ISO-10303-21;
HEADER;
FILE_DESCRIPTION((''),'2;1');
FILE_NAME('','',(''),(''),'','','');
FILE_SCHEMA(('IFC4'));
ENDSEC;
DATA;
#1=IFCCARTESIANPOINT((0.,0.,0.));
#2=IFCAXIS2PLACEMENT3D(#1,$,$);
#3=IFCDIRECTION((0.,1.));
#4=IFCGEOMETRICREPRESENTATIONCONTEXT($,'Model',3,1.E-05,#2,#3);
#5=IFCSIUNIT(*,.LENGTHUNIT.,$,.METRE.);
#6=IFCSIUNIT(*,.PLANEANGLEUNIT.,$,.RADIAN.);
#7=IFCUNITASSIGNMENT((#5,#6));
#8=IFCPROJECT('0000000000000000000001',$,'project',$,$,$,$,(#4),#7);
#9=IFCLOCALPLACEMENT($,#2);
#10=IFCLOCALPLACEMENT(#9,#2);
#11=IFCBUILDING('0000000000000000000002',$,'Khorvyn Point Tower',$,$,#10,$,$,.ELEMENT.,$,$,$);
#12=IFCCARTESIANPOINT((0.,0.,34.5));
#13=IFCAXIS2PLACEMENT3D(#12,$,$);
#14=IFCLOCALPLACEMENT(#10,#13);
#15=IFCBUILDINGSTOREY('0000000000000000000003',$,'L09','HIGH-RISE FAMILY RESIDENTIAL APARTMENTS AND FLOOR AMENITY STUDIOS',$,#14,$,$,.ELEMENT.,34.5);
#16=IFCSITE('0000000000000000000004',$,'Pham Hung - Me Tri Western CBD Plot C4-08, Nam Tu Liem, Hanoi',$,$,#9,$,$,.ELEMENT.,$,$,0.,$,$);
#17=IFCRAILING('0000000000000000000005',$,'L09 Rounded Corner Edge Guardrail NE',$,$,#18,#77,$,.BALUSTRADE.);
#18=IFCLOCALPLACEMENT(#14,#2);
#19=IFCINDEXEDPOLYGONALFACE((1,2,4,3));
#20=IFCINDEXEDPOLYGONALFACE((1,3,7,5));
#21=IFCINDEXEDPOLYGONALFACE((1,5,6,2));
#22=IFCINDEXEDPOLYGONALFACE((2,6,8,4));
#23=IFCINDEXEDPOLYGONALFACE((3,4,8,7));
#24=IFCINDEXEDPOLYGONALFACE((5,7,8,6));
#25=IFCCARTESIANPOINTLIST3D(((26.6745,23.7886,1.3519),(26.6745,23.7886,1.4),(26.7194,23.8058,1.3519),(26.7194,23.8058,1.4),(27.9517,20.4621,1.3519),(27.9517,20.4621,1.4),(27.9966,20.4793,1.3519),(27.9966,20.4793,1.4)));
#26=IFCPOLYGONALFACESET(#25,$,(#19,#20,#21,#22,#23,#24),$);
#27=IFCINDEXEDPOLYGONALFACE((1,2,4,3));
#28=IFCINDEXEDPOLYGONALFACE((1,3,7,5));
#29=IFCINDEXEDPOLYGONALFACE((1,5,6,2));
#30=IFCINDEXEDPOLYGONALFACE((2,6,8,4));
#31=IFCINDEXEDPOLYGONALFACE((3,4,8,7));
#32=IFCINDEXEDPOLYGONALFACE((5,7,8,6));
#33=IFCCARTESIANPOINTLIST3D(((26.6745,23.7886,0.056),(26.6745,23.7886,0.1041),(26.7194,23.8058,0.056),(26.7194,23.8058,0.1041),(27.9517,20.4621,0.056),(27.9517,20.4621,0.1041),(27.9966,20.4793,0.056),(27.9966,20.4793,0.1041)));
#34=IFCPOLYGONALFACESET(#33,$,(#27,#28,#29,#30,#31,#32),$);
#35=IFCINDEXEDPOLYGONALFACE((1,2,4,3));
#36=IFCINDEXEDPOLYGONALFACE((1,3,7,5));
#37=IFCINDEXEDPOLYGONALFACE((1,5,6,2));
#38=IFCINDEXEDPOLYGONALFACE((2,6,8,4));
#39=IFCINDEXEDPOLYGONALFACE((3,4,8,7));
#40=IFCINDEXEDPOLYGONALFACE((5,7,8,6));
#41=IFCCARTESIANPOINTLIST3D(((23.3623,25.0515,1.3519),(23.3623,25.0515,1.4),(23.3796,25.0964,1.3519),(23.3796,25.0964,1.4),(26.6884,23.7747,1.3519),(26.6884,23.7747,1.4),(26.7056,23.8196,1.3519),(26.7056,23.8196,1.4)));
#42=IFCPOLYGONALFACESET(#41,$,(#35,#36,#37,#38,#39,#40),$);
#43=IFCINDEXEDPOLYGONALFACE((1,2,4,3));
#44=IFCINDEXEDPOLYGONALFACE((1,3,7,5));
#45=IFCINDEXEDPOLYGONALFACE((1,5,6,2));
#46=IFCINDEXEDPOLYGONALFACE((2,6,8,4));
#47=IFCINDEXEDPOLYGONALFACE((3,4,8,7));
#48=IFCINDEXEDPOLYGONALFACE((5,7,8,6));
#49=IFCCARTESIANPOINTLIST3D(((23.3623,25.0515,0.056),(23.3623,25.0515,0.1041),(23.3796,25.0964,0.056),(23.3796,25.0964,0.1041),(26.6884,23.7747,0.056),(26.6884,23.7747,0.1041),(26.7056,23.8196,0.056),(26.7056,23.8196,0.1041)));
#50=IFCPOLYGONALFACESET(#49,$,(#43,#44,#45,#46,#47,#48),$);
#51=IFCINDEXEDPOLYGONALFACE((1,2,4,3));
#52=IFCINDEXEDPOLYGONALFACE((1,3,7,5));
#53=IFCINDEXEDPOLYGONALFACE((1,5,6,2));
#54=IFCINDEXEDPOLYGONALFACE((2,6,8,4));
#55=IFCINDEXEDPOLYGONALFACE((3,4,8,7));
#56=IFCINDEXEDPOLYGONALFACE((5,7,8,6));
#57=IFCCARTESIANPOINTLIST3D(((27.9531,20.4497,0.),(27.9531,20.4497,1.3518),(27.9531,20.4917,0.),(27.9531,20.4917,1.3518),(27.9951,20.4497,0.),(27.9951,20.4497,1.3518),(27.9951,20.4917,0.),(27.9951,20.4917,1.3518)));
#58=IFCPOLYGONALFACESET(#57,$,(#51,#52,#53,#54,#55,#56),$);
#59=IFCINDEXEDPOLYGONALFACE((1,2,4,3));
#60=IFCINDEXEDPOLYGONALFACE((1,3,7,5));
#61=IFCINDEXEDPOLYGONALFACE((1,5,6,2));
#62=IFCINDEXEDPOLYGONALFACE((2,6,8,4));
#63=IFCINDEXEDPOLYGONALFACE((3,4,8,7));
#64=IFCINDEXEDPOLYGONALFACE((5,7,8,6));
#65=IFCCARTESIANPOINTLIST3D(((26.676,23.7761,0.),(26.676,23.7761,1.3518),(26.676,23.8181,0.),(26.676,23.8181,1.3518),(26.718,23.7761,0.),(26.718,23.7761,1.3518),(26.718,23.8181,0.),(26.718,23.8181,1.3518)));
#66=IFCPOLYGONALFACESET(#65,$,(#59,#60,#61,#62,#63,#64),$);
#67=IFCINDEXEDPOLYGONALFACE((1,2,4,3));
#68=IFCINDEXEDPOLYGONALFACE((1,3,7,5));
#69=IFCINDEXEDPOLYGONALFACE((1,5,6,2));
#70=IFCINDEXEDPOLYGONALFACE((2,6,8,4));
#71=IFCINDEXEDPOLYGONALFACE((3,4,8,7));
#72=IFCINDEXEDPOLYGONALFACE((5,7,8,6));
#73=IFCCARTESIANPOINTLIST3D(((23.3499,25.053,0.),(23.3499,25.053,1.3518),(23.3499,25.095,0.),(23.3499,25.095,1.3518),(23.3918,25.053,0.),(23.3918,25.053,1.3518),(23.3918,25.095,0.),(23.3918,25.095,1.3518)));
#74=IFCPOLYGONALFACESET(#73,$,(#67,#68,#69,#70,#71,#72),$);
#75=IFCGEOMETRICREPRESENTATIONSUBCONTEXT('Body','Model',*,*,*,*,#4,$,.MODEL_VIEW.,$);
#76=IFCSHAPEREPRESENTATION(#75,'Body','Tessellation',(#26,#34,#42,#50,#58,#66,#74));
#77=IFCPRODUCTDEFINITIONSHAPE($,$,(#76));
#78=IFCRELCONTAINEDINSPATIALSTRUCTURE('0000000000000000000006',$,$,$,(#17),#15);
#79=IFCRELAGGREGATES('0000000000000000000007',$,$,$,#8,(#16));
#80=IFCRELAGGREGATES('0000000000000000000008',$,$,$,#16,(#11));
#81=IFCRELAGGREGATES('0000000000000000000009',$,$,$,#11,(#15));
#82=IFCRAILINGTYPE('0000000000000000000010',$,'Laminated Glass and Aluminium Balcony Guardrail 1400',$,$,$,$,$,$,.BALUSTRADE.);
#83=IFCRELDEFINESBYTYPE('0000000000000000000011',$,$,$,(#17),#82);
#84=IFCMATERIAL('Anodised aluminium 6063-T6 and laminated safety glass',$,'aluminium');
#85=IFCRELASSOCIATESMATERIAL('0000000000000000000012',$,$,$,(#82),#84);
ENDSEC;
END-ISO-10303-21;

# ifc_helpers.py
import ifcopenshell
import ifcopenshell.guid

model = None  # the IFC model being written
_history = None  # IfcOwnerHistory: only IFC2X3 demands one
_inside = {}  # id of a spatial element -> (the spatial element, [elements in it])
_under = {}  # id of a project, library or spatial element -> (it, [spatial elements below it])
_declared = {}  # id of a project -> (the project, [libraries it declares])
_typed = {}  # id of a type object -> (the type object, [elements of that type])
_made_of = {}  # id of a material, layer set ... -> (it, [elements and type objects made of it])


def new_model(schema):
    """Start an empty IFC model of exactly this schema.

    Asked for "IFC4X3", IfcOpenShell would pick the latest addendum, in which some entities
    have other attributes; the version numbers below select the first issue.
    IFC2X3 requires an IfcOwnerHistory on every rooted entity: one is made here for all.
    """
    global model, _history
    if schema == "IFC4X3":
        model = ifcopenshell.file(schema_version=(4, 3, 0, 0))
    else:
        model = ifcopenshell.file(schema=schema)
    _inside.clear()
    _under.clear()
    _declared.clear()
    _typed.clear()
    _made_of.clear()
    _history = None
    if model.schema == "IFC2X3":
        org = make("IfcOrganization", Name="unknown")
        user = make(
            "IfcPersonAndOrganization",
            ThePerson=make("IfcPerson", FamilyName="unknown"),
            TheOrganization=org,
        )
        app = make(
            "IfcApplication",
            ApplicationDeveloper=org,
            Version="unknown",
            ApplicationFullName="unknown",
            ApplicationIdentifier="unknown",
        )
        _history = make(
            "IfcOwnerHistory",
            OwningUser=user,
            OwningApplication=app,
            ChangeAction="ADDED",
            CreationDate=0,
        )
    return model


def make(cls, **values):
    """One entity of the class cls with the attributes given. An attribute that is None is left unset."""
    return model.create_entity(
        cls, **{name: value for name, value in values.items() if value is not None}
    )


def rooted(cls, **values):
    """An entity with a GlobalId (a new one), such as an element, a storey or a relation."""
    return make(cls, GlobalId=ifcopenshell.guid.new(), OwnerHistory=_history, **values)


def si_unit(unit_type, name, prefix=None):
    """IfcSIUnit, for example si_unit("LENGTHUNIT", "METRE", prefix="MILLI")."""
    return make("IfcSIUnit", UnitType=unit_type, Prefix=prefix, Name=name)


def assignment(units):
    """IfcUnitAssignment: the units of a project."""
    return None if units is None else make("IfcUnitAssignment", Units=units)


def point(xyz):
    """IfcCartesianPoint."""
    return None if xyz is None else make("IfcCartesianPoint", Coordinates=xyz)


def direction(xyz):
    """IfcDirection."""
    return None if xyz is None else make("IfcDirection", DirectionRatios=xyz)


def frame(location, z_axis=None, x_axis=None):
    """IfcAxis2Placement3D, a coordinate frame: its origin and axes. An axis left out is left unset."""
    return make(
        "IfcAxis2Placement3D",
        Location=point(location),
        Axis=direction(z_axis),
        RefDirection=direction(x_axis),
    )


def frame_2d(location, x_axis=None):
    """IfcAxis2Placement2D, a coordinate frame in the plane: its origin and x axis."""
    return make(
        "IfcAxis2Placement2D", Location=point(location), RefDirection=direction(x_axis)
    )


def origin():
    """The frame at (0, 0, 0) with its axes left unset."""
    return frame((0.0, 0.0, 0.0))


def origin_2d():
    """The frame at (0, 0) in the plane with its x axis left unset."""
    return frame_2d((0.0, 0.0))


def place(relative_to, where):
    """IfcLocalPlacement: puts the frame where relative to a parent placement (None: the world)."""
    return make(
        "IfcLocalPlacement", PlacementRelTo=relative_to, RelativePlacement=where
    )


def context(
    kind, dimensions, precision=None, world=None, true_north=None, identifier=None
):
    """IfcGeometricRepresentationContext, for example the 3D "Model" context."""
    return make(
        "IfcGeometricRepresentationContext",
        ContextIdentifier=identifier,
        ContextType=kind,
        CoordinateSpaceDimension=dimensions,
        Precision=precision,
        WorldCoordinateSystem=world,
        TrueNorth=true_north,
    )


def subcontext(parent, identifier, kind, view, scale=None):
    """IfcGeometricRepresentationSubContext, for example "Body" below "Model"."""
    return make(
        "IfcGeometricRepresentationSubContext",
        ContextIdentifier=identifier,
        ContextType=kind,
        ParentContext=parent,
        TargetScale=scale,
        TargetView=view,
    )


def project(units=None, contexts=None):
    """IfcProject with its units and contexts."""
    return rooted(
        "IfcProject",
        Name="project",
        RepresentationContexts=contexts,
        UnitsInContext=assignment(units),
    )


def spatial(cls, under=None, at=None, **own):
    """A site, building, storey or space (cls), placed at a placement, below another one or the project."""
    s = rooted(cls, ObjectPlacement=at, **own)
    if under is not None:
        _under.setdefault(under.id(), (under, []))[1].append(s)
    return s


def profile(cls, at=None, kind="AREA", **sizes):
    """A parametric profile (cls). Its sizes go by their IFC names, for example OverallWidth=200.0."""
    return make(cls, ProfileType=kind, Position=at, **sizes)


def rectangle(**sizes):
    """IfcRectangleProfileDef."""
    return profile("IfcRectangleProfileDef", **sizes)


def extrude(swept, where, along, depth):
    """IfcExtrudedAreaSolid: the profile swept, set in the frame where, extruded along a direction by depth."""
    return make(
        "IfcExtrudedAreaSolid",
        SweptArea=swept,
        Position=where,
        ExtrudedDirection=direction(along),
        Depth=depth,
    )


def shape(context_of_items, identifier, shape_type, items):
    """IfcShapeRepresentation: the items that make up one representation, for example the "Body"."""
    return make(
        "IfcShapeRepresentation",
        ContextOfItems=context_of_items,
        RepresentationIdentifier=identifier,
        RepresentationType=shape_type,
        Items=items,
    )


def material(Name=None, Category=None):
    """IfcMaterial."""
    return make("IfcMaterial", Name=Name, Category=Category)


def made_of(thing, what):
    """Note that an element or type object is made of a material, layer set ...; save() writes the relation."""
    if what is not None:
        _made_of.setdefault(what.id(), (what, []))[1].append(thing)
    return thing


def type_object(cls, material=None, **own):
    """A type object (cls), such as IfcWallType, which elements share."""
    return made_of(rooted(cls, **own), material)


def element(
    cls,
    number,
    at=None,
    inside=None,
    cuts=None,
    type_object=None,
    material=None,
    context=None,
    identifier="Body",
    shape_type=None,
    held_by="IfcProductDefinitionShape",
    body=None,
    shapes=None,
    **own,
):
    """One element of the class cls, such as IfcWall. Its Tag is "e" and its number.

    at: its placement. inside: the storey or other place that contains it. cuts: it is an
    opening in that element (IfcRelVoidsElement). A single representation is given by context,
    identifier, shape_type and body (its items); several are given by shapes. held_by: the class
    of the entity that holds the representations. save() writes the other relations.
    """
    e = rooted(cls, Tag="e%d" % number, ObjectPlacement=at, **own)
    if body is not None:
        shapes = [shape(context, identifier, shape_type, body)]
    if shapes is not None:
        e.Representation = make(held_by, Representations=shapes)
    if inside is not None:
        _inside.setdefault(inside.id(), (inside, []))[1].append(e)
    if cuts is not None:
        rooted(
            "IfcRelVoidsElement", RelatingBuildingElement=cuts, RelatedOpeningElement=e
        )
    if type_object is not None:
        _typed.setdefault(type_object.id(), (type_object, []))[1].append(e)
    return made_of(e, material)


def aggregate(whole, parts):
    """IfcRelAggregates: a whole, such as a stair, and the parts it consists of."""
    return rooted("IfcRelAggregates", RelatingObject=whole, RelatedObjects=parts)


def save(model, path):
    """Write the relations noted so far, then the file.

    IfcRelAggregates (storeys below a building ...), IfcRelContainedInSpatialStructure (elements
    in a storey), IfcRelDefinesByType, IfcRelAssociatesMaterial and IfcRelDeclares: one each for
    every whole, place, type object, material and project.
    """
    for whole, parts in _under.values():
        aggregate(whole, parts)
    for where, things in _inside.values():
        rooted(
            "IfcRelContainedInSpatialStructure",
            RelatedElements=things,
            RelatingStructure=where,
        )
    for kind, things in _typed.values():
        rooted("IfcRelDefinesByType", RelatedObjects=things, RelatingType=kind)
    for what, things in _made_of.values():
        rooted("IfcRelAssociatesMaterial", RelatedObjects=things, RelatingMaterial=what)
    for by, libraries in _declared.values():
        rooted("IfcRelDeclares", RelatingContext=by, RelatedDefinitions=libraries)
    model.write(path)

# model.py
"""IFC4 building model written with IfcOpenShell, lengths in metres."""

from ifc_helpers import new_model, si_unit, direction, frame, origin, origin_2d, place, context, subcontext, project, spatial, rectangle, extrude, material, type_object, element, save


model = new_model("IFC4")

# Units and contexts
model_context = context("Model", 3, precision=1e-05, world=origin(), true_north=direction((0.0, 1.0)))
body_context = subcontext(model_context, "Body", "Model", "MODEL_VIEW")
ifc_project = project(units=[si_unit("LENGTHUNIT", "METRE"), si_unit("PLANEANGLEUNIT", "RADIAN")], contexts=[model_context])

# Site, building, storey
site_placement = place(None, origin())
site = spatial("IfcSite", under=ifc_project, at=site_placement, Name="Pham Hung - Me Tri Western CBD Plot C4-08, Nam Tu Liem, Hanoi", CompositionType="ELEMENT", RefElevation=0.0)
building_placement = place(site_placement, origin())
building = spatial("IfcBuilding", under=site, at=building_placement, Name="Khorvyn Point Tower", CompositionType="ELEMENT")
storey_placement = place(building_placement, frame((0.0, 0.0, 34.5)))
storey = spatial("IfcBuildingStorey", under=building, at=storey_placement, Name="L09", Description="HIGH-RISE FAMILY RESIDENTIAL APARTMENTS AND FLOOR AMENITY STUDIOS", CompositionType="ELEMENT", Elevation=34.5)

# Railing
ifc_material_1 = material(Name="Anodised aluminium 6063-T6 and laminated safety glass", Category="aluminium")
railing_type = type_object("IfcRailingType", Name="Laminated Glass and Aluminium Balcony Guardrail 1400", PredefinedType="BALUSTRADE", material=ifc_material_1)
railing_placement = place(storey_placement, frame((27.9741, 20.4707, 0.0)))
element("IfcRailing", 1, at=railing_placement, inside=storey, type_object=railing_type, Name="L09 Rounded Corner Edge Guardrail NE", PredefinedType="BALUSTRADE", context=body_context, shape_type="SweptSolid", body=[
    extrude(rectangle(XDim=0.0481, YDim=0.0481, at=origin_2d()), frame((0.0, 0.0, 1.376), z_axis=(-0.358419, 0.933561, 0.0), x_axis=(-0.933561, -0.358419, 0.0)), (0.0, 0.0, 1.0), 3.5632),
    extrude(rectangle(XDim=0.0481, YDim=0.0481, at=origin_2d()), frame((0.0, 0.0, 0.0801), z_axis=(-0.358419, 0.933561, 0.0), x_axis=(-0.933561, -0.358419, 0.0)), (0.0, 0.0, 1.0), 3.5632),
    extrude(rectangle(XDim=0.0481, YDim=0.0481, at=origin_2d()), frame((-1.2771, 3.3264, 1.376), z_axis=(-0.933575, 0.358382, 0.0), x_axis=(-0.358382, -0.933575, 0.0)), (0.0, 0.0, 1.0), 3.5627),
    extrude(rectangle(XDim=0.0481, YDim=0.0481, at=origin_2d()), frame((-1.2771, 3.3264, 0.0801), z_axis=(-0.933575, 0.358382, 0.0), x_axis=(-0.358382, -0.933575, 0.0)), (0.0, 0.0, 1.0), 3.5627),
    extrude(rectangle(XDim=0.042, YDim=0.042, at=origin_2d()), origin(), (0.0, 0.0, 1.0), 1.3518),
    extrude(rectangle(XDim=0.042, YDim=0.042, at=origin_2d()), frame((-1.2771, 3.3264, 0.0)), (0.0, 0.0, 1.0), 1.3518),
    extrude(rectangle(XDim=0.042, YDim=0.042, at=origin_2d()), frame((-4.6033, 4.6033, 0.0)), (0.0, 0.0, 1.0), 1.3518),
])

save(model, "model.ifc")
